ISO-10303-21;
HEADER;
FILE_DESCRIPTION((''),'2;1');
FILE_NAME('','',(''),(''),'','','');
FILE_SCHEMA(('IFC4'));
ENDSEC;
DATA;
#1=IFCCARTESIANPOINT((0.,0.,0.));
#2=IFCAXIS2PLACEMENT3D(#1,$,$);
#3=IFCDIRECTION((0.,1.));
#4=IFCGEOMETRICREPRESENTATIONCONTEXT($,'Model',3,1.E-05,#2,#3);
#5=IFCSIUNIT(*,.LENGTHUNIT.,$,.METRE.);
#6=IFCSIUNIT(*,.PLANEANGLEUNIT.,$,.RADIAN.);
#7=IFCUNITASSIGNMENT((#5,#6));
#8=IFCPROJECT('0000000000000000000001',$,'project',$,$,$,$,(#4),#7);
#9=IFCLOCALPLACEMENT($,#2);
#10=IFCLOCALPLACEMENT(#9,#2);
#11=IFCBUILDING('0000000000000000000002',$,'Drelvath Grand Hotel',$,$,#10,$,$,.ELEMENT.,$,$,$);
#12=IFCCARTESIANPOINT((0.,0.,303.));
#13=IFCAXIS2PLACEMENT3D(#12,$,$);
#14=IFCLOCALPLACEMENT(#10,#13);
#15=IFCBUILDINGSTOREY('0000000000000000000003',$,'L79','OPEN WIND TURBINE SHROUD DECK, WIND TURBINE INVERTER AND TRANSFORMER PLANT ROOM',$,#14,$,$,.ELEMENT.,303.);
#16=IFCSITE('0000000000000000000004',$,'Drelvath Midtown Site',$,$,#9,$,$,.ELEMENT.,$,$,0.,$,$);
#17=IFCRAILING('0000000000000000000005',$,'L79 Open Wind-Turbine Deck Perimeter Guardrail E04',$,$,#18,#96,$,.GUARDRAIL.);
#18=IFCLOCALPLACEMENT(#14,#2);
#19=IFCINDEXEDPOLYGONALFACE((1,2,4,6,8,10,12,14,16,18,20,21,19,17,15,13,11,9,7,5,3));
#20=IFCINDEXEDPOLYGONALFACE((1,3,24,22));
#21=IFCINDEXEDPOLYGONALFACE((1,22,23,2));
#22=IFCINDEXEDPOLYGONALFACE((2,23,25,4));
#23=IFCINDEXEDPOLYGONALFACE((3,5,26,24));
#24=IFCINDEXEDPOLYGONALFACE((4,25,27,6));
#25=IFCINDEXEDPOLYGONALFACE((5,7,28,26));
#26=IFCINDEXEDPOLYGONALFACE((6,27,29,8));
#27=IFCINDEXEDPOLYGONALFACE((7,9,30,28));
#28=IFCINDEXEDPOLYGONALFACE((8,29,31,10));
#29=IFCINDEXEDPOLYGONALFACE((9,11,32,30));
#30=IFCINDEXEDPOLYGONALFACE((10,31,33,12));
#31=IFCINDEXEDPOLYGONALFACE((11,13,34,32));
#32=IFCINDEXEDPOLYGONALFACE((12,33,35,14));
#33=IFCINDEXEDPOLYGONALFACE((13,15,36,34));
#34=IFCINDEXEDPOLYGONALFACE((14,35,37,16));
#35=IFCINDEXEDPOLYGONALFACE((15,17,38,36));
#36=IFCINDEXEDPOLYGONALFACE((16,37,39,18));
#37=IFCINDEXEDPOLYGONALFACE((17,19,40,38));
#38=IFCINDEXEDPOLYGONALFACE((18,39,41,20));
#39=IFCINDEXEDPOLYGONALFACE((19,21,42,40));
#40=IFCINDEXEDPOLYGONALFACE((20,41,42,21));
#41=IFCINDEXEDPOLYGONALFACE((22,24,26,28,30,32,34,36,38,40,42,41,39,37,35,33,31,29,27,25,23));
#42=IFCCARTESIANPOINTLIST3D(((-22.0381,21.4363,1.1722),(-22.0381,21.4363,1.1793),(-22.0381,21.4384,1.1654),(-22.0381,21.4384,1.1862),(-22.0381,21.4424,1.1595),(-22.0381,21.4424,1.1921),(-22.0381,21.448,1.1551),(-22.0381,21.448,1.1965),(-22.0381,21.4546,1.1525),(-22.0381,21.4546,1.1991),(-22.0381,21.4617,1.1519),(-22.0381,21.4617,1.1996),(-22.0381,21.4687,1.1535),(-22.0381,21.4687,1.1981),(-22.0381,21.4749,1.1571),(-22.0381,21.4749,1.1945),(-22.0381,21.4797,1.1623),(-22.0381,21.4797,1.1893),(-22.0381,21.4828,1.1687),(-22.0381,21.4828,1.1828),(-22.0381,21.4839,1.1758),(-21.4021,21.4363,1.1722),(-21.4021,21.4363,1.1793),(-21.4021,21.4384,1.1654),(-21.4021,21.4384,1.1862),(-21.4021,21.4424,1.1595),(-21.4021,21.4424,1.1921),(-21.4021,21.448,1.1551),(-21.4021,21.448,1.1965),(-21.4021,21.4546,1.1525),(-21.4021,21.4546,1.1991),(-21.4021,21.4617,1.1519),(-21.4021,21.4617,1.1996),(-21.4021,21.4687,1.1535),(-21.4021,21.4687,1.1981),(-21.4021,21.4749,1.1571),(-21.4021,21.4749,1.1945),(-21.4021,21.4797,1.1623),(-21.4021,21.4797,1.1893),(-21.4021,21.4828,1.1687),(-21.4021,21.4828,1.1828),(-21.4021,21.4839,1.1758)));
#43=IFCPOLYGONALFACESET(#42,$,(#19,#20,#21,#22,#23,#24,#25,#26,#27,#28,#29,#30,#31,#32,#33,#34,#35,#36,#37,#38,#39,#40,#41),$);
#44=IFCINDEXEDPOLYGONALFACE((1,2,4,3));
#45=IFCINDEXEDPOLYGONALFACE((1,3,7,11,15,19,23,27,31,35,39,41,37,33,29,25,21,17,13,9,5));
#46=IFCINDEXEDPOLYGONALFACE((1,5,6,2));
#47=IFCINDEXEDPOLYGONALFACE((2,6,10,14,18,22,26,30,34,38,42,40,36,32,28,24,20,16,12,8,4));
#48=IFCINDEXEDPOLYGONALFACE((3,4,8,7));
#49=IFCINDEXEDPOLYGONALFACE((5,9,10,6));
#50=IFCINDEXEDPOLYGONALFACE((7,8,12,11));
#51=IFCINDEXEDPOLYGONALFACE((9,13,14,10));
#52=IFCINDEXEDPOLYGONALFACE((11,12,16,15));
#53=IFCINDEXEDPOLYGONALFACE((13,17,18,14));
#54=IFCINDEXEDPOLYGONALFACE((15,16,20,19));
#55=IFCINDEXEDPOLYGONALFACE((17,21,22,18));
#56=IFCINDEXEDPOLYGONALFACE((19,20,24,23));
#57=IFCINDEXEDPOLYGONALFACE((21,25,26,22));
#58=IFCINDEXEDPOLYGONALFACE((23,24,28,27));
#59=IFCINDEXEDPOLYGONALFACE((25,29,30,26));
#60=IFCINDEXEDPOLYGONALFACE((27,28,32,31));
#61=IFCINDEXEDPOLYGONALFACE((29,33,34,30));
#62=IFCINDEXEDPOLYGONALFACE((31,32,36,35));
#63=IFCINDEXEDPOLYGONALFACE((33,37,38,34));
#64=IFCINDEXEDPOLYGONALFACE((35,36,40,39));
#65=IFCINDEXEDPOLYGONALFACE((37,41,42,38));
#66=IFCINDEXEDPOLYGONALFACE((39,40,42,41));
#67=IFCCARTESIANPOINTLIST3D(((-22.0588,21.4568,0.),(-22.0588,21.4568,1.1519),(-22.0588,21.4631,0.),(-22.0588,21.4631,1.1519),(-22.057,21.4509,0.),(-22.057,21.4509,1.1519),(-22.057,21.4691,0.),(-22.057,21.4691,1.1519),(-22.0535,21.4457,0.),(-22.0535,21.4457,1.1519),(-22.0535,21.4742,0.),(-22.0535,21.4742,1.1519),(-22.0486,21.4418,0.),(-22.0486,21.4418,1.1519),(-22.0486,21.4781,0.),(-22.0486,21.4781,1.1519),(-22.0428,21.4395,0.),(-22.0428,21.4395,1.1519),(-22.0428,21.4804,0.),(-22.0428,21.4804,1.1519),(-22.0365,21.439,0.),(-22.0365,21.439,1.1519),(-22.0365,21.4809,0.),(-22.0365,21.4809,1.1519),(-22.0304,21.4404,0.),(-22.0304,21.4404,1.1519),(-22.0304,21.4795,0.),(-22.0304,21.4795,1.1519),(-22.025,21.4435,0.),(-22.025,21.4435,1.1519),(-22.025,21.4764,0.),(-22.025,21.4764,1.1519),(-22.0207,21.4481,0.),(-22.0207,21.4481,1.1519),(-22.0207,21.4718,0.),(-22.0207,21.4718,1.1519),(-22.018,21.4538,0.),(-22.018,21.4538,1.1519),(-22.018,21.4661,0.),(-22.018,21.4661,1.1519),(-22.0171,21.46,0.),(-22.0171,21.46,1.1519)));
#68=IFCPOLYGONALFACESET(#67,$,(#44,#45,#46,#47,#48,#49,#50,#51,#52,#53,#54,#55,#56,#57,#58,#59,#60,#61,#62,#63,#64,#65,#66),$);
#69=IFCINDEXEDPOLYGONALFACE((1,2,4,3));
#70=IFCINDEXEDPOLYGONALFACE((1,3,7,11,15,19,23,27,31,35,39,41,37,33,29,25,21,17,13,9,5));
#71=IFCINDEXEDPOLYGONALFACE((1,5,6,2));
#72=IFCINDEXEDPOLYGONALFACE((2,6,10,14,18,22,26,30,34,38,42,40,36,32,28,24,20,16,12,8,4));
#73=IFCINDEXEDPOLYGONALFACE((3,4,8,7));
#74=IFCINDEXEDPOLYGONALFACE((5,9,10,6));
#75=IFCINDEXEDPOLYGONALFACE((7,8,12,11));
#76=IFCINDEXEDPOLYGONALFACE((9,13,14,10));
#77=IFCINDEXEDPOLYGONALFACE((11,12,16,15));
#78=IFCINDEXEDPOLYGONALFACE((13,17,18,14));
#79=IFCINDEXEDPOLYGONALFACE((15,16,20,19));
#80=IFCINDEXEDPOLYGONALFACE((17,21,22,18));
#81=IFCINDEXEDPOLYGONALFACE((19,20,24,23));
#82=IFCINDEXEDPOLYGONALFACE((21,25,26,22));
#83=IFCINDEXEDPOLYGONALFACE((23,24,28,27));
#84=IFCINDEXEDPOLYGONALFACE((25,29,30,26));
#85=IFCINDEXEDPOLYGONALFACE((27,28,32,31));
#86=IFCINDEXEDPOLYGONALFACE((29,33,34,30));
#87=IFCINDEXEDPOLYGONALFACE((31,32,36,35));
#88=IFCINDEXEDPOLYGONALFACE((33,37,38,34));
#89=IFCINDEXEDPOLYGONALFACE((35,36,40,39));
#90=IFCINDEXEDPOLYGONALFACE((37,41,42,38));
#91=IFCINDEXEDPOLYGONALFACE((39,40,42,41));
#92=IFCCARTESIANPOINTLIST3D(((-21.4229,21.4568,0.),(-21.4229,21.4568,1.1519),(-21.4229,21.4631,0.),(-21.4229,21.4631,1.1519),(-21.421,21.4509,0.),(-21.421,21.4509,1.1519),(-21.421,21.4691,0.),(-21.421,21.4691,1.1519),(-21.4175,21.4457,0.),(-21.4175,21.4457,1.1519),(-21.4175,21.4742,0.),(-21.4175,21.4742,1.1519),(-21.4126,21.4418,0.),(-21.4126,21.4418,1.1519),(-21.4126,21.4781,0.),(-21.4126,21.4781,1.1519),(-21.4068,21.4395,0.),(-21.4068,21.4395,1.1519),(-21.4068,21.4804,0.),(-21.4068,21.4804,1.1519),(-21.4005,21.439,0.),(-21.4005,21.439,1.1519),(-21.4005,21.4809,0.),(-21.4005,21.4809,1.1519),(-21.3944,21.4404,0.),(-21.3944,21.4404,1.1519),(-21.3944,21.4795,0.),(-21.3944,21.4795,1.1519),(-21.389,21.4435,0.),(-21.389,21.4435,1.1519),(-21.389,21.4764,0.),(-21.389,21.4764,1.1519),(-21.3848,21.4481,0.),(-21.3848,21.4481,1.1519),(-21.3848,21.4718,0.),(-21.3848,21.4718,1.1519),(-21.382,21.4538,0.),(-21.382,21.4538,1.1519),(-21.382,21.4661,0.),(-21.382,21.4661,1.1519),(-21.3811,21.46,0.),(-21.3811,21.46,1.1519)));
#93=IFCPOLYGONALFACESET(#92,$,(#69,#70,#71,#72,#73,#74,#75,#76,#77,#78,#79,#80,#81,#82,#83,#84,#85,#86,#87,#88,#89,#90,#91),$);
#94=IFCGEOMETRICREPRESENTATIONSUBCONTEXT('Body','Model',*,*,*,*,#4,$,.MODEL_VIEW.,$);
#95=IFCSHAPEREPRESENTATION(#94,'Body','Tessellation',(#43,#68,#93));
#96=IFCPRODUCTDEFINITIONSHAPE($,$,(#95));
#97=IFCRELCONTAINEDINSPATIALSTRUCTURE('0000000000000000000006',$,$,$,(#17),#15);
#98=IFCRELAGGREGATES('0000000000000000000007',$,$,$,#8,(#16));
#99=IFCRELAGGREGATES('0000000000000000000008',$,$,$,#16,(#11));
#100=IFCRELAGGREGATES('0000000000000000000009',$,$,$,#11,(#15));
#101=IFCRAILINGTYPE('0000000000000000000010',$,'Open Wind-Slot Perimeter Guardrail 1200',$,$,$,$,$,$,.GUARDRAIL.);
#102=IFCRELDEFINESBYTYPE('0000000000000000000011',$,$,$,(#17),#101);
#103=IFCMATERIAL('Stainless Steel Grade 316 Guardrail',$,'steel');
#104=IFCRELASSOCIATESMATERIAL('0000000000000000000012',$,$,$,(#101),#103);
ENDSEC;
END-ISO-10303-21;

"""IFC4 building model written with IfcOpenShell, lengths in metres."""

from ifc_helpers import new_model, si_unit, direction, frame, origin, origin_2d, place, context, subcontext, project, spatial, circle, extrude, material, type_object, element, save


model = new_model("IFC4")

# Units and contexts
model_context = context("Model", 3, precision=1e-05, world=origin(), true_north=direction((0.0, 1.0)))
body_context = subcontext(model_context, "Body", "Model", "MODEL_VIEW")
ifc_project = project(units=[si_unit("LENGTHUNIT", "METRE"), si_unit("PLANEANGLEUNIT", "RADIAN")], contexts=[model_context])

# Site, building, storey
site_placement = place(None, origin())
site = spatial("IfcSite", under=ifc_project, at=site_placement, Name="Drelvath Midtown Site", CompositionType="ELEMENT", RefElevation=0.0)
building_placement = place(site_placement, origin())
building = spatial("IfcBuilding", under=site, at=building_placement, Name="Drelvath Grand Hotel", CompositionType="ELEMENT")
storey_placement = place(building_placement, frame((0.0, 0.0, 303.0)))
storey = spatial("IfcBuildingStorey", under=building, at=storey_placement, Name="L79", Description="OPEN WIND TURBINE SHROUD DECK, WIND TURBINE INVERTER AND TRANSFORMER PLANT ROOM", CompositionType="ELEMENT", Elevation=303.0)

# Railing
ifc_material_1 = material(Name="Stainless Steel Grade 316 Guardrail", Category="steel")
railing_type = type_object("IfcRailingType", Name="Open Wind-Slot Perimeter Guardrail 1200", PredefinedType="GUARDRAIL", material=ifc_material_1)
railing_1_placement = place(storey_placement, frame((-22.0381, 21.46, 0.0)))
element("IfcRailing", 1, at=railing_1_placement, inside=storey, type_object=railing_type, Name="L79 Open Wind-Turbine Deck Perimeter Guardrail E04", PredefinedType="GUARDRAIL", context=body_context, shape_type="SweptSolid", body=[
    extrude(circle(Radius=0.0239, at=origin_2d()), frame((0.0, 0.0, 1.1758), z_axis=(1.0, 0.0, 0.0), x_axis=(0.0, 1.0, 0.0)), (0.0, 0.0, 1.0), 0.636),
    extrude(circle(Radius=0.021, at=origin_2d()), origin(), (0.0, 0.0, 1.0), 1.1519),
    extrude(circle(Radius=0.021, at=origin_2d()), frame((0.636, 0.0, 0.0)), (0.0, 0.0, 1.0), 1.1519),
])

save(model, "model.ifc")
